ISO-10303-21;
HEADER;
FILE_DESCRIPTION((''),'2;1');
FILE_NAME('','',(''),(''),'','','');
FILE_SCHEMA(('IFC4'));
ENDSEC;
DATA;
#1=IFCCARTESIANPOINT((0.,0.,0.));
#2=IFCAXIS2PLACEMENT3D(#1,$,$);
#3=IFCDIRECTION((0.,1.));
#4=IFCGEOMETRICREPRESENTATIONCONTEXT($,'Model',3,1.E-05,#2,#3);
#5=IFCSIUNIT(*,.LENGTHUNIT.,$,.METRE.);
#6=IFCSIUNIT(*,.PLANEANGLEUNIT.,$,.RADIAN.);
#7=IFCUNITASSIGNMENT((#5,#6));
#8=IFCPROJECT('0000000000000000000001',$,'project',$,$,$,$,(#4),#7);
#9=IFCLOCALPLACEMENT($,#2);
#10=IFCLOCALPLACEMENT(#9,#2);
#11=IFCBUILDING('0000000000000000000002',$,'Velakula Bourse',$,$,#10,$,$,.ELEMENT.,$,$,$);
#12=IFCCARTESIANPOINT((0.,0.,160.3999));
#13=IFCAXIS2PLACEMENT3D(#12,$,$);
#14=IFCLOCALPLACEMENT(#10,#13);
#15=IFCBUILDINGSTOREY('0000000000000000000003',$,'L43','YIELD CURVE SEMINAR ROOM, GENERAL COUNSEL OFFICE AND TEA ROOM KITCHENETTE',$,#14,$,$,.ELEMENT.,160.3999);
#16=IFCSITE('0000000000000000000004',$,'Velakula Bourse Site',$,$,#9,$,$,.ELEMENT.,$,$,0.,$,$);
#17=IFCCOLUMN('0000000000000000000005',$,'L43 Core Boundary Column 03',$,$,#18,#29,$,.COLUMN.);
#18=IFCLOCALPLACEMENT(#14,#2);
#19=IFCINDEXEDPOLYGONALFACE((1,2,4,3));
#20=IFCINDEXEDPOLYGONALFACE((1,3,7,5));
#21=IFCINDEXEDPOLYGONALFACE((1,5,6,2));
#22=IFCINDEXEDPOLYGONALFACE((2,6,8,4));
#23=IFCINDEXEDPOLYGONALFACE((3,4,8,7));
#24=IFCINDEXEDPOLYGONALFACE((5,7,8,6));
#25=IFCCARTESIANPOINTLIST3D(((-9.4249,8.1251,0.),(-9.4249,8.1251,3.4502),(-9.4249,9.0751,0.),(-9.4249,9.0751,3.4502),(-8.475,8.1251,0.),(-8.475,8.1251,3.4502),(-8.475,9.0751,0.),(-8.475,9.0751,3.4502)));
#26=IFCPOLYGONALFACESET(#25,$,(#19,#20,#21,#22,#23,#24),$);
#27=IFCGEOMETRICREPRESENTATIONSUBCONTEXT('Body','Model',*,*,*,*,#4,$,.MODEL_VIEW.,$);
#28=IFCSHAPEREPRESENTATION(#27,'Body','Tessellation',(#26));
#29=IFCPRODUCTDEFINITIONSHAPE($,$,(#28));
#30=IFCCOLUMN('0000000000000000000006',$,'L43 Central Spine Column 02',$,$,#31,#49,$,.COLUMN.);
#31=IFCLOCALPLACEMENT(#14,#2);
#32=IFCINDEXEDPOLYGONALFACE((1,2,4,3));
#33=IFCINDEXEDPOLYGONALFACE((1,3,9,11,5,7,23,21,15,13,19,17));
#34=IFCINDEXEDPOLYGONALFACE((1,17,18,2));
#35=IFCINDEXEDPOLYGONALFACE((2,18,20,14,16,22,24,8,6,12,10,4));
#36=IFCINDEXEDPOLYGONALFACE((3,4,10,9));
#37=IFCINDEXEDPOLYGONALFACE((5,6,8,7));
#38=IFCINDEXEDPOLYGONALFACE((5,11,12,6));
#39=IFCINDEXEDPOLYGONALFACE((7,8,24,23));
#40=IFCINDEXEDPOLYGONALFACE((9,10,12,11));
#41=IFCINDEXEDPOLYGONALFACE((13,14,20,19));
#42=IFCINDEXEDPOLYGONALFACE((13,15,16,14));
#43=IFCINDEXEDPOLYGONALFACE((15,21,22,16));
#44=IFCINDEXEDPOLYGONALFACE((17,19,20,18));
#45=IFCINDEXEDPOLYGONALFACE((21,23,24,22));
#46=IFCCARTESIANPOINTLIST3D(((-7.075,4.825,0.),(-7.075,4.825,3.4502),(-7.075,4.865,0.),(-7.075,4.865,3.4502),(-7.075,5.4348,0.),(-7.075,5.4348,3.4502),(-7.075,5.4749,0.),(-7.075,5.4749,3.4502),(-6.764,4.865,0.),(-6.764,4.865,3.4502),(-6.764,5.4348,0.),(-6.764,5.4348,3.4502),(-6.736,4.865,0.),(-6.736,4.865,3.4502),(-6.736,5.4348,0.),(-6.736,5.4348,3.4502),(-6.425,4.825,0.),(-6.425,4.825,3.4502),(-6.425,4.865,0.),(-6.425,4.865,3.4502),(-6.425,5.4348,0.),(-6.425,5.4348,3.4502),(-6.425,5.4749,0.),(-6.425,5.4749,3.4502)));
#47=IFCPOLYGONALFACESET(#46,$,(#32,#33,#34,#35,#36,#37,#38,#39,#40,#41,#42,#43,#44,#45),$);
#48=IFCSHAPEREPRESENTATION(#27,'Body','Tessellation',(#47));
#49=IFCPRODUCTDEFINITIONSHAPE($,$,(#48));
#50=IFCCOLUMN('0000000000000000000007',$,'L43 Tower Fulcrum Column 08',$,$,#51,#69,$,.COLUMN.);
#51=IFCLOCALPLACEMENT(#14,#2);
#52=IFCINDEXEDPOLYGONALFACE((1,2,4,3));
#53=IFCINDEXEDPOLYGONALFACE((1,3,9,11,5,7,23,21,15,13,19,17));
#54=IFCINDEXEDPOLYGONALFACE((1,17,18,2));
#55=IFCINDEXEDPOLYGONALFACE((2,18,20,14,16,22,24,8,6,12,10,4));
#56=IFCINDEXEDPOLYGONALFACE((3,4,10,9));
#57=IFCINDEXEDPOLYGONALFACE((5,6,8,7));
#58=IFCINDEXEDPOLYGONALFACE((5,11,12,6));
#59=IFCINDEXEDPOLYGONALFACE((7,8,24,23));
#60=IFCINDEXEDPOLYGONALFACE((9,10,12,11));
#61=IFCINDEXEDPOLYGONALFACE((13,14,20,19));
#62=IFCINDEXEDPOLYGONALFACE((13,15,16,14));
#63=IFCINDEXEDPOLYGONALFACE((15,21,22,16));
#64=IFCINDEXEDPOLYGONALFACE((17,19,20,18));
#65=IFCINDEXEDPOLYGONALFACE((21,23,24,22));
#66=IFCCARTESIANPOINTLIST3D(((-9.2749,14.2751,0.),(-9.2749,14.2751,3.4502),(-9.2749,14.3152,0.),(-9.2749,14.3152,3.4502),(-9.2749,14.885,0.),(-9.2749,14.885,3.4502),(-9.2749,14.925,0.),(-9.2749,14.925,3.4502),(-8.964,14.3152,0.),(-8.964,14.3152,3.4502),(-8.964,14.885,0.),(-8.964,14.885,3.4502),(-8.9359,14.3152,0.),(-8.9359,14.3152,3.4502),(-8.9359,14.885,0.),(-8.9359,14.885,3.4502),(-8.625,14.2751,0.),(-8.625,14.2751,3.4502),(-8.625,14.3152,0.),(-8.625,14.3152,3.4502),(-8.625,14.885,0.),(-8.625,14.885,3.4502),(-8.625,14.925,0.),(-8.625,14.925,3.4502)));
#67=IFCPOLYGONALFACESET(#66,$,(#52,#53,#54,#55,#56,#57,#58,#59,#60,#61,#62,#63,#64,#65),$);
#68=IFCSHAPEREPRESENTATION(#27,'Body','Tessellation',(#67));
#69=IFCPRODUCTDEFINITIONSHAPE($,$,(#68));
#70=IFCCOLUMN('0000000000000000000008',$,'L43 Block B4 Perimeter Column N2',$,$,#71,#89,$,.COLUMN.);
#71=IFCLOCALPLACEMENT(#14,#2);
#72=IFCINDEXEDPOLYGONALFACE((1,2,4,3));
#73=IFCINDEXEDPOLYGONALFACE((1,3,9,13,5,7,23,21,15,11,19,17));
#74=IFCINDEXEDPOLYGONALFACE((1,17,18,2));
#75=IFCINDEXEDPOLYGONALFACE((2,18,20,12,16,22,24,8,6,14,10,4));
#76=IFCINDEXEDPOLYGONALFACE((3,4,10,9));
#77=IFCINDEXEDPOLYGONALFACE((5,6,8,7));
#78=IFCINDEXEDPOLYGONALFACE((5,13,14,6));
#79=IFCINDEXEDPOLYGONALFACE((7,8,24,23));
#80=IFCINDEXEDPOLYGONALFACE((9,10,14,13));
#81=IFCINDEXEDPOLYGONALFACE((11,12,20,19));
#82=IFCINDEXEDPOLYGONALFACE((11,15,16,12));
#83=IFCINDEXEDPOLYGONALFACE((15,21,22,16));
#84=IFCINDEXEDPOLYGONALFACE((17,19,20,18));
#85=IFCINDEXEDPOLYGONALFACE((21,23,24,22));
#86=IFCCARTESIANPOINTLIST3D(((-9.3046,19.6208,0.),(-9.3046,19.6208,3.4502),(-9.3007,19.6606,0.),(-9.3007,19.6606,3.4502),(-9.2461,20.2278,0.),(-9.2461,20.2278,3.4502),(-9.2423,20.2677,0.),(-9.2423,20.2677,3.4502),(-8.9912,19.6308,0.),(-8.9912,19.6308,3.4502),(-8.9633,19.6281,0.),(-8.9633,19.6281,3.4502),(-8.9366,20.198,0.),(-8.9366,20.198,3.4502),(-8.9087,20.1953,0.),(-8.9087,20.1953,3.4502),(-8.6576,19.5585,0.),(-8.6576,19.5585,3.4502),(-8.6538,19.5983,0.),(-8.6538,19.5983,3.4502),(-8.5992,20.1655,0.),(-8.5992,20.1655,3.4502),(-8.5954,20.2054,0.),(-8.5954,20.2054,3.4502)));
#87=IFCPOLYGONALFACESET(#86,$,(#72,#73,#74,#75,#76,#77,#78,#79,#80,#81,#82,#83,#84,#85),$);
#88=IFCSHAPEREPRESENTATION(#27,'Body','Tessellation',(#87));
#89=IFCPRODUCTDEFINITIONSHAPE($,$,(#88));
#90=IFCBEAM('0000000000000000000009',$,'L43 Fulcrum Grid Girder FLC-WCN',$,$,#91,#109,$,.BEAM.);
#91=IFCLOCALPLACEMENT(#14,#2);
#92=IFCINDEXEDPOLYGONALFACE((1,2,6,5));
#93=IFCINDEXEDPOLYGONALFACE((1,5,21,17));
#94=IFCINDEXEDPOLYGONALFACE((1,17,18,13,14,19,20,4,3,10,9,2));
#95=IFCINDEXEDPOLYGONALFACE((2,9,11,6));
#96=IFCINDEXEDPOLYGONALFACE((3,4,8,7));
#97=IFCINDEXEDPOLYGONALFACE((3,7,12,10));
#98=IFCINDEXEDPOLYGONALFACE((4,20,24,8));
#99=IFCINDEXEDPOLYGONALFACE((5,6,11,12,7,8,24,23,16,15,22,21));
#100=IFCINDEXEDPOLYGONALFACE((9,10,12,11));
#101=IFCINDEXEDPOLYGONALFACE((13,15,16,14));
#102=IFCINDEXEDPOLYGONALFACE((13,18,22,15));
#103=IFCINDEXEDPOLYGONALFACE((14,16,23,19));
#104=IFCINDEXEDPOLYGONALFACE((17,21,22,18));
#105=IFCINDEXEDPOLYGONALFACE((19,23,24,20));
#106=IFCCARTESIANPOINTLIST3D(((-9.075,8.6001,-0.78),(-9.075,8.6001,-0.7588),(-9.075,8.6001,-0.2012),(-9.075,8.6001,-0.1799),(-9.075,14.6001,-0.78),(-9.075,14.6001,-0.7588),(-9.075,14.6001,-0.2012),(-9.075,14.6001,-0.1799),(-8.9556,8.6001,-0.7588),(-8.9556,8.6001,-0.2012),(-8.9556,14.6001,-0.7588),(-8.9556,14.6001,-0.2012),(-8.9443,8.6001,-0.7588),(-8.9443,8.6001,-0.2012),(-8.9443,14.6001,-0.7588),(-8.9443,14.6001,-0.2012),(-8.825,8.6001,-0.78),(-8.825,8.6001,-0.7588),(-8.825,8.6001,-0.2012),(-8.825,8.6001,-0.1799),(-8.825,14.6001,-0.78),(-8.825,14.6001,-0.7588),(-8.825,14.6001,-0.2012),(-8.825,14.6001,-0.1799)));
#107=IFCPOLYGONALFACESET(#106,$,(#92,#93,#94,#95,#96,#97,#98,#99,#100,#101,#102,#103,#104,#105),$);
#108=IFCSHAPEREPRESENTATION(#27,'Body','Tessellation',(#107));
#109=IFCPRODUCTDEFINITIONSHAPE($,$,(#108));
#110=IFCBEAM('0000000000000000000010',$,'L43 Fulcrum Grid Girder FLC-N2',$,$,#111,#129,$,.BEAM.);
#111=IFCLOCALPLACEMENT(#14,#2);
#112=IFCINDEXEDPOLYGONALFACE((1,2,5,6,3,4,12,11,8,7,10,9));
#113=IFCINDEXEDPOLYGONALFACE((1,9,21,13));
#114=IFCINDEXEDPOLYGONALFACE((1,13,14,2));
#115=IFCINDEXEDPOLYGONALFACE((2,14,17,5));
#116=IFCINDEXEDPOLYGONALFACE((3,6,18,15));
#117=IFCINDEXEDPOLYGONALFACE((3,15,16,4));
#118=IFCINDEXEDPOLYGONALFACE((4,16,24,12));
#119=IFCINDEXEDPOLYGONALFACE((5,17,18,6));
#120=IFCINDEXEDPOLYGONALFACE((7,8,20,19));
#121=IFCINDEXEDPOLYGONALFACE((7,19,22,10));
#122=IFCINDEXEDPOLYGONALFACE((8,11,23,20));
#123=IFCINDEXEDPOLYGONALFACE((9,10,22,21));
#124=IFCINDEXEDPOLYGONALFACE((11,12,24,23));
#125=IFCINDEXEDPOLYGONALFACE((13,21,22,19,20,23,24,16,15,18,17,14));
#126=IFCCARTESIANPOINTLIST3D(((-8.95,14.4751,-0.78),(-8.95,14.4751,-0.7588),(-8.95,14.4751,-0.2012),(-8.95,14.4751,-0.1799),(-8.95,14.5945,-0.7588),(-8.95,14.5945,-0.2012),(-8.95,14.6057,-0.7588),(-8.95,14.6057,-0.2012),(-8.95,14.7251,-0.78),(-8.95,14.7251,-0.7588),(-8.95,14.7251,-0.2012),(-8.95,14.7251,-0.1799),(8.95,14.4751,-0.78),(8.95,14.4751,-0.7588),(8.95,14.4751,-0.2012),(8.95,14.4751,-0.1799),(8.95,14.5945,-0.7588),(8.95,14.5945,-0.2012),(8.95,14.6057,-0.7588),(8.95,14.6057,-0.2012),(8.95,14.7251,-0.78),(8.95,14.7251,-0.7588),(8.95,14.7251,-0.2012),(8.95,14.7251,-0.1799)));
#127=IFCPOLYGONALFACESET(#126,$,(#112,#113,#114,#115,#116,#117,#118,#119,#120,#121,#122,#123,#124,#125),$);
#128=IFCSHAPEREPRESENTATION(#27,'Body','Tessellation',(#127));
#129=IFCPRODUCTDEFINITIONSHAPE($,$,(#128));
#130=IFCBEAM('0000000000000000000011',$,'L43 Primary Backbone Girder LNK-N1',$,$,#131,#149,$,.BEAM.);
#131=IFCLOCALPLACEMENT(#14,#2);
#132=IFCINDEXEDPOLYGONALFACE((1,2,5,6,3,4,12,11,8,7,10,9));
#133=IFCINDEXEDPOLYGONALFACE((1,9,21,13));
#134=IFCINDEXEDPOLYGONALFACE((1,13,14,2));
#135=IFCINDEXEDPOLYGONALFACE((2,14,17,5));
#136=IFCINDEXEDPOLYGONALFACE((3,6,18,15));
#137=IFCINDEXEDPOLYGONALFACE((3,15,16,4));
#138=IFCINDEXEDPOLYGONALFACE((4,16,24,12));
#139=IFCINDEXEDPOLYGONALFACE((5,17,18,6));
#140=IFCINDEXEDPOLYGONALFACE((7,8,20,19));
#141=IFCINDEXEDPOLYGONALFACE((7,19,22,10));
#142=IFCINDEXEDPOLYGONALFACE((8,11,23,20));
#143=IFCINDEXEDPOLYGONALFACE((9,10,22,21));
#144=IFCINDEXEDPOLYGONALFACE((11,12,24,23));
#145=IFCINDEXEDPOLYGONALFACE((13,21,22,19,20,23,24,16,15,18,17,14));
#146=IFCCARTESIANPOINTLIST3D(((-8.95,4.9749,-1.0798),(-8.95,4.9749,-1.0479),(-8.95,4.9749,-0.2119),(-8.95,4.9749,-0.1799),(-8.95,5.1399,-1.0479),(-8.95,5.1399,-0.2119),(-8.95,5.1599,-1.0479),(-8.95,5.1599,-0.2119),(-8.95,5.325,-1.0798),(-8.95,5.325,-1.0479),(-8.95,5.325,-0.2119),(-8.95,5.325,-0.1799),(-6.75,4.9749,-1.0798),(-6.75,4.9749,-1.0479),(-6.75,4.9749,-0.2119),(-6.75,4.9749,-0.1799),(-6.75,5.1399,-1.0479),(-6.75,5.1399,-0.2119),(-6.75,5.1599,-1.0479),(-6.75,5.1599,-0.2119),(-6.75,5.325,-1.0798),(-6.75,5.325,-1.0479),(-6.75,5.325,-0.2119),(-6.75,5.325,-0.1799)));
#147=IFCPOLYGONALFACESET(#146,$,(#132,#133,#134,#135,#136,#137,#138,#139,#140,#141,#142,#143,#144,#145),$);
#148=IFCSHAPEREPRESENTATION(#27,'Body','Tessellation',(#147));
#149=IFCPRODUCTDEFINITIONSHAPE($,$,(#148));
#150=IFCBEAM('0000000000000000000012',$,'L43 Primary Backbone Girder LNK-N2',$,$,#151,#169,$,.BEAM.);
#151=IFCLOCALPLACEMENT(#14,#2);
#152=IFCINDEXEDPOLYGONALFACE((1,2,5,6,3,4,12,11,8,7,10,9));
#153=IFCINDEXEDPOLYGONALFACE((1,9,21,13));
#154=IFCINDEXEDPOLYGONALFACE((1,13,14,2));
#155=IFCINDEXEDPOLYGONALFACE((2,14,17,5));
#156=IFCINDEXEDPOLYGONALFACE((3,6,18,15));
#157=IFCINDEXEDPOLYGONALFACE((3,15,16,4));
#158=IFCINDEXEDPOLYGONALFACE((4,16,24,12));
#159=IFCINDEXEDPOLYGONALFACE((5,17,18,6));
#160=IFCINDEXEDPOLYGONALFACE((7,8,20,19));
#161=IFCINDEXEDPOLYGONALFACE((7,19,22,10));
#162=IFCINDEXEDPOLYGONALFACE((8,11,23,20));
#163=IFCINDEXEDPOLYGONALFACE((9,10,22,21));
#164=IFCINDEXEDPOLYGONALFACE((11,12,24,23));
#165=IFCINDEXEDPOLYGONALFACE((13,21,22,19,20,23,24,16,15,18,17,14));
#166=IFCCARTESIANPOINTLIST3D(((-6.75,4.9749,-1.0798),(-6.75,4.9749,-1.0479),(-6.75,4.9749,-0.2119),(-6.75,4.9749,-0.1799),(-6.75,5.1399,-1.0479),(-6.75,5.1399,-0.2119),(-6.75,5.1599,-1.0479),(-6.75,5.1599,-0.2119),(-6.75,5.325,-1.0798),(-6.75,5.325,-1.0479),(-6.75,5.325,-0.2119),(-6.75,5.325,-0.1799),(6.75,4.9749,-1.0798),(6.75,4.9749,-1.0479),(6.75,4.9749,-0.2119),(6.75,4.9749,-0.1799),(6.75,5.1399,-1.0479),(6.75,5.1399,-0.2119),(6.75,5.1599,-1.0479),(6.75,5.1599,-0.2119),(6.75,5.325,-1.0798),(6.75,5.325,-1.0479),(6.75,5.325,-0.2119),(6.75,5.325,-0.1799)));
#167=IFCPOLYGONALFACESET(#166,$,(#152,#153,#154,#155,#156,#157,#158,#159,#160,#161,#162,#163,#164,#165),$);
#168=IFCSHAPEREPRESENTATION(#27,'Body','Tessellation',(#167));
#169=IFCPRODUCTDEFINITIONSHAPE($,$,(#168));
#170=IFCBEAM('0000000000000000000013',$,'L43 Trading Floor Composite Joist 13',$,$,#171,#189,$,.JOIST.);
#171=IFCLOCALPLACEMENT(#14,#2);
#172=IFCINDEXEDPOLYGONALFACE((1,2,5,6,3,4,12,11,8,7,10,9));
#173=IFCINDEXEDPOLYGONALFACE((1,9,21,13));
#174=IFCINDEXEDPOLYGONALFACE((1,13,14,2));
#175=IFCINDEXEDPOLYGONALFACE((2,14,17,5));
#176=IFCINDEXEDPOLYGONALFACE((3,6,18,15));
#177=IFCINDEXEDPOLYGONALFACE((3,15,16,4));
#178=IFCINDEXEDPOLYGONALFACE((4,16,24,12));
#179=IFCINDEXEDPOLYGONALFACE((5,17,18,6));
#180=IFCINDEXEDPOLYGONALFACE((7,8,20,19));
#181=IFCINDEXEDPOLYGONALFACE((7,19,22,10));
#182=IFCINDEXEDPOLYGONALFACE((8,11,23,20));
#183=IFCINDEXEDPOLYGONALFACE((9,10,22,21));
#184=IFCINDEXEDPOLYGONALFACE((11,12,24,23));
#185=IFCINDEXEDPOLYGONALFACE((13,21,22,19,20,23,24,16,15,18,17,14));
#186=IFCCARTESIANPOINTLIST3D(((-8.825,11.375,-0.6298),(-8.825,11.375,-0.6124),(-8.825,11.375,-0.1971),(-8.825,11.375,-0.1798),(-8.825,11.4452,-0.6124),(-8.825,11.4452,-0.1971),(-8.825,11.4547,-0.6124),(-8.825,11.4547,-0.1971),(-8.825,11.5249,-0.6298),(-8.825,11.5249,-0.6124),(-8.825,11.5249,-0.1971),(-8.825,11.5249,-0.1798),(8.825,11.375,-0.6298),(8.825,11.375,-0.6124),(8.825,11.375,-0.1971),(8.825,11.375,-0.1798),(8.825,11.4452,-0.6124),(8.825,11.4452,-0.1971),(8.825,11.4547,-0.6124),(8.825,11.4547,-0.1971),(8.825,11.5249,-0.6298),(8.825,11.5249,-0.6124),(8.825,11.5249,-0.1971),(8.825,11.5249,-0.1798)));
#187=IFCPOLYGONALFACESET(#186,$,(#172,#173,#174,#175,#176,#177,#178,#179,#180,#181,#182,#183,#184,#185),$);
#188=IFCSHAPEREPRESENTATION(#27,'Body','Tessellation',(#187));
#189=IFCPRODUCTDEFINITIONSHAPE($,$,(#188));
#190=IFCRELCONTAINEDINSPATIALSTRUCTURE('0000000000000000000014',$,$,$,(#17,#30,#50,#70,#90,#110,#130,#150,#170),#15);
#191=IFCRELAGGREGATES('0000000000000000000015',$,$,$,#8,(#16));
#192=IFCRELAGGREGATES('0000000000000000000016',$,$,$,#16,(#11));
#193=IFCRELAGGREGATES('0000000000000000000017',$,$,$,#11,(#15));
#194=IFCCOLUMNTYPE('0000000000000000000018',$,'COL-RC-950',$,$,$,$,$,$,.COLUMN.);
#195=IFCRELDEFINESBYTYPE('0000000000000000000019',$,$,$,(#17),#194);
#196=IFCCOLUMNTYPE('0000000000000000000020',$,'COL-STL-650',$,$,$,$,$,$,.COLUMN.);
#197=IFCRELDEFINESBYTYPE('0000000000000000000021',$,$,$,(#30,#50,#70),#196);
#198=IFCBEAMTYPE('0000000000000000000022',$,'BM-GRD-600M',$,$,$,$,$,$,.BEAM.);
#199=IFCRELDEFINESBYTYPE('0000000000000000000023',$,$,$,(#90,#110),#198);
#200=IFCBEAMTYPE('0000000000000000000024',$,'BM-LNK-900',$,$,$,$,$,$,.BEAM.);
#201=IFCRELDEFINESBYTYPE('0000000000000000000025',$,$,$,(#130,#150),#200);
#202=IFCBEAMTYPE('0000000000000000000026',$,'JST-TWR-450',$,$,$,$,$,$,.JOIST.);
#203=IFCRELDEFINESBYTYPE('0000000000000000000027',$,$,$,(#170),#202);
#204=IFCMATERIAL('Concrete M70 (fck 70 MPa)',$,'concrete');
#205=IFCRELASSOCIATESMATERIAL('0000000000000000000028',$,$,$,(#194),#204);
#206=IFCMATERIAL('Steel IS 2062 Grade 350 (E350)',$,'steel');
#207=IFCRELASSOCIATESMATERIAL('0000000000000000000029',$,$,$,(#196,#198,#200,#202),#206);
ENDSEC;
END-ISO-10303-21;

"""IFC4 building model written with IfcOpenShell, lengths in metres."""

from ifc_helpers import new_model, si_unit, direction, frame, origin, origin_2d, place, context, subcontext, project, spatial, rectangle, i_section, extrude, material, material_profile, profile_set, type_object, element, save


model = new_model("IFC4")

# Units and contexts
model_context = context("Model", 3, precision=1e-05, world=origin(), true_north=direction((0.0, 1.0)))
body_context = subcontext(model_context, "Body", "Model", "MODEL_VIEW")
ifc_project = project(units=[si_unit("LENGTHUNIT", "METRE"), si_unit("PLANEANGLEUNIT", "RADIAN")], contexts=[model_context])

# Site, building, storey
site_placement = place(None, origin())
site = spatial("IfcSite", under=ifc_project, at=site_placement, Name="Velakula Bourse Site", CompositionType="ELEMENT", RefElevation=0.0)
building_placement = place(site_placement, origin())
building = spatial("IfcBuilding", under=site, at=building_placement, Name="Velakula Bourse", CompositionType="ELEMENT")
storey_placement = place(building_placement, frame((0.0, 0.0, 160.3999)))
storey = spatial("IfcBuildingStorey", under=building, at=storey_placement, Name="L43", Description="YIELD CURVE SEMINAR ROOM, GENERAL COUNSEL OFFICE AND TEA ROOM KITCHENETTE", CompositionType="ELEMENT", Elevation=160.3999)

# Columns
ifc_material_1 = material(Name="Concrete M70 (fck 70 MPa)", Category="concrete")
ifc_material_profile_1 = material_profile(ifc_material_1, rectangle(XDim=0.95, YDim=0.95, at=origin_2d()), Name="Concrete M70 (fck 70 MPa)")
ifc_profile_set_1 = profile_set([ifc_material_profile_1], Name="Concrete M70 (fck 70 MPa)")
column_type_1 = type_object("IfcColumnType", Name="COL-RC-950", PredefinedType="COLUMN", material=ifc_profile_set_1)
column_placement = place(storey_placement, frame((-8.95, 8.6001, 0.0), z_axis=(0.0, 0.0, 1.0), x_axis=(1.0, 0.0, 0.0)))
element("IfcColumn", 1, at=column_placement, inside=storey, type_object=column_type_1, Name="L43 Core Boundary Column 03", PredefinedType="COLUMN", context=body_context, shape_type="SweptSolid", body=[
    extrude(rectangle(XDim=0.95, YDim=0.95, at=origin_2d()), origin(), (0.0, 0.0, 1.0), 3.4502),
])
ifc_material_2 = material(Name="Steel IS 2062 Grade 350 (E350)", Category="steel")
ifc_material_profile_2 = material_profile(ifc_material_2, i_section(OverallWidth=0.6499, OverallDepth=0.6499, WebThickness=0.0281, FlangeThickness=0.04, at=origin_2d()), Name="Steel IS 2062 Grade 350 (E350)")
ifc_profile_set_2 = profile_set([ifc_material_profile_2], Name="Steel IS 2062 Grade 350 (E350)")
column_type_2 = type_object("IfcColumnType", Name="COL-STL-650", PredefinedType="COLUMN", material=ifc_profile_set_2)
for number, where, z_axis, x_axis, name in (
    (2, (-6.75, 5.1499, 0.0), (0.0, 0.0, 1.0), (1.0, 0.0, 0.0), "L43 Central Spine Column 02"),
    (3, (-8.95, 14.6001, 0.0), (0.0, 0.0, 1.0), (1.0, 0.0, 0.0), "L43 Tower Fulcrum Column 08"),
    (4, (-8.95, 19.9131, 0.0), (0.0, 0.0, 1.0), (0.995396, -0.095846, 0.0), "L43 Block B4 Perimeter Column N2"),
):
    element("IfcColumn", number, at=place(storey_placement, frame(where, z_axis=z_axis, x_axis=x_axis)), inside=storey, type_object=column_type_2, Name=name, PredefinedType="COLUMN", context=body_context, shape_type="SweptSolid", body=[
        extrude(i_section(OverallWidth=0.6499, OverallDepth=0.6499, WebThickness=0.0281, FlangeThickness=0.04, at=origin_2d()), origin(), (0.0, 0.0, 1.0), 3.4502),
    ])

# Beams
ifc_material_profile_3 = material_profile(ifc_material_2, i_section(OverallWidth=0.25, OverallDepth=0.6001, WebThickness=0.0112, FlangeThickness=0.0212, at=origin_2d()), Name="Steel IS 2062 Grade 350 (E350)")
ifc_profile_set_3 = profile_set([ifc_material_profile_3], Name="Steel IS 2062 Grade 350 (E350)")
beam_type_1 = type_object("IfcBeamType", Name="BM-GRD-600M", PredefinedType="BEAM", material=ifc_profile_set_3)
beam_1_placement = place(storey_placement, frame((-8.95, 8.6001, -0.48), z_axis=(0.0, 1.0, 0.0), x_axis=(-1.0, 0.0, 0.0)))
element("IfcBeam", 5, at=beam_1_placement, inside=storey, type_object=beam_type_1, Name="L43 Fulcrum Grid Girder FLC-WCN", PredefinedType="BEAM", context=body_context, shape_type="SweptSolid", body=[
    extrude(i_section(OverallWidth=0.25, OverallDepth=0.6001, WebThickness=0.0112, FlangeThickness=0.0212, at=origin_2d()), origin(), (0.0, 0.0, 1.0), 6.0),
])
beam_2_placement = place(storey_placement, frame((-8.95, 14.6001, -0.48), z_axis=(1.0, 0.0, 0.0), x_axis=(0.0, 1.0, 0.0)))
element("IfcBeam", 6, at=beam_2_placement, inside=storey, type_object=beam_type_1, Name="L43 Fulcrum Grid Girder FLC-N2", PredefinedType="BEAM", context=body_context, shape_type="SweptSolid", body=[
    extrude(i_section(OverallWidth=0.25, OverallDepth=0.6001, WebThickness=0.0112, FlangeThickness=0.0212, at=origin_2d()), origin(), (0.0, 0.0, 1.0), 17.8999),
])
ifc_material_profile_4 = material_profile(ifc_material_2, i_section(OverallWidth=0.3501, OverallDepth=0.8999, WebThickness=0.02, FlangeThickness=0.032, at=origin_2d()), Name="Steel IS 2062 Grade 350 (E350)")
ifc_profile_set_4 = profile_set([ifc_material_profile_4], Name="Steel IS 2062 Grade 350 (E350)")
beam_type_2 = type_object("IfcBeamType", Name="BM-LNK-900", PredefinedType="BEAM", material=ifc_profile_set_4)
beam_3_placement = place(storey_placement, frame((-8.95, 5.1499, -0.6299), z_axis=(1.0, 0.0, 0.0), x_axis=(0.0, 1.0, 0.0)))
element("IfcBeam", 7, at=beam_3_placement, inside=storey, type_object=beam_type_2, Name="L43 Primary Backbone Girder LNK-N1", PredefinedType="BEAM", context=body_context, shape_type="SweptSolid", body=[
    extrude(i_section(OverallWidth=0.3501, OverallDepth=0.8999, WebThickness=0.02, FlangeThickness=0.032, at=origin_2d()), origin(), (0.0, 0.0, 1.0), 2.2),
])
beam_4_placement = place(storey_placement, frame((-6.75, 5.1499, -0.6299), z_axis=(1.0, 0.0, 0.0), x_axis=(0.0, 1.0, 0.0)))
element("IfcBeam", 8, at=beam_4_placement, inside=storey, type_object=beam_type_2, Name="L43 Primary Backbone Girder LNK-N2", PredefinedType="BEAM", context=body_context, shape_type="SweptSolid", body=[
    extrude(i_section(OverallWidth=0.3501, OverallDepth=0.8999, WebThickness=0.02, FlangeThickness=0.032, at=origin_2d()), origin(), (0.0, 0.0, 1.0), 13.5),
])
ifc_material_profile_5 = material_profile(ifc_material_2, i_section(OverallWidth=0.1499, OverallDepth=0.45, WebThickness=0.0095, FlangeThickness=0.0173, at=origin_2d()), Name="Steel IS 2062 Grade 350 (E350)")
ifc_profile_set_5 = profile_set([ifc_material_profile_5], Name="Steel IS 2062 Grade 350 (E350)")
beam_type_3 = type_object("IfcBeamType", Name="JST-TWR-450", PredefinedType="JOIST", material=ifc_profile_set_5)
beam_5_placement = place(storey_placement, frame((-8.825, 11.45, -0.4048), z_axis=(1.0, 0.0, 0.0), x_axis=(0.0, 1.0, 0.0)))
element("IfcBeam", 9, at=beam_5_placement, inside=storey, type_object=beam_type_3, Name="L43 Trading Floor Composite Joist 13", PredefinedType="JOIST", context=body_context, shape_type="SweptSolid", body=[
    extrude(i_section(OverallWidth=0.1499, OverallDepth=0.45, WebThickness=0.0095, FlangeThickness=0.0173, at=origin_2d()), origin(), (0.0, 0.0, 1.0), 17.6499),
])

save(model, "model.ifc")
